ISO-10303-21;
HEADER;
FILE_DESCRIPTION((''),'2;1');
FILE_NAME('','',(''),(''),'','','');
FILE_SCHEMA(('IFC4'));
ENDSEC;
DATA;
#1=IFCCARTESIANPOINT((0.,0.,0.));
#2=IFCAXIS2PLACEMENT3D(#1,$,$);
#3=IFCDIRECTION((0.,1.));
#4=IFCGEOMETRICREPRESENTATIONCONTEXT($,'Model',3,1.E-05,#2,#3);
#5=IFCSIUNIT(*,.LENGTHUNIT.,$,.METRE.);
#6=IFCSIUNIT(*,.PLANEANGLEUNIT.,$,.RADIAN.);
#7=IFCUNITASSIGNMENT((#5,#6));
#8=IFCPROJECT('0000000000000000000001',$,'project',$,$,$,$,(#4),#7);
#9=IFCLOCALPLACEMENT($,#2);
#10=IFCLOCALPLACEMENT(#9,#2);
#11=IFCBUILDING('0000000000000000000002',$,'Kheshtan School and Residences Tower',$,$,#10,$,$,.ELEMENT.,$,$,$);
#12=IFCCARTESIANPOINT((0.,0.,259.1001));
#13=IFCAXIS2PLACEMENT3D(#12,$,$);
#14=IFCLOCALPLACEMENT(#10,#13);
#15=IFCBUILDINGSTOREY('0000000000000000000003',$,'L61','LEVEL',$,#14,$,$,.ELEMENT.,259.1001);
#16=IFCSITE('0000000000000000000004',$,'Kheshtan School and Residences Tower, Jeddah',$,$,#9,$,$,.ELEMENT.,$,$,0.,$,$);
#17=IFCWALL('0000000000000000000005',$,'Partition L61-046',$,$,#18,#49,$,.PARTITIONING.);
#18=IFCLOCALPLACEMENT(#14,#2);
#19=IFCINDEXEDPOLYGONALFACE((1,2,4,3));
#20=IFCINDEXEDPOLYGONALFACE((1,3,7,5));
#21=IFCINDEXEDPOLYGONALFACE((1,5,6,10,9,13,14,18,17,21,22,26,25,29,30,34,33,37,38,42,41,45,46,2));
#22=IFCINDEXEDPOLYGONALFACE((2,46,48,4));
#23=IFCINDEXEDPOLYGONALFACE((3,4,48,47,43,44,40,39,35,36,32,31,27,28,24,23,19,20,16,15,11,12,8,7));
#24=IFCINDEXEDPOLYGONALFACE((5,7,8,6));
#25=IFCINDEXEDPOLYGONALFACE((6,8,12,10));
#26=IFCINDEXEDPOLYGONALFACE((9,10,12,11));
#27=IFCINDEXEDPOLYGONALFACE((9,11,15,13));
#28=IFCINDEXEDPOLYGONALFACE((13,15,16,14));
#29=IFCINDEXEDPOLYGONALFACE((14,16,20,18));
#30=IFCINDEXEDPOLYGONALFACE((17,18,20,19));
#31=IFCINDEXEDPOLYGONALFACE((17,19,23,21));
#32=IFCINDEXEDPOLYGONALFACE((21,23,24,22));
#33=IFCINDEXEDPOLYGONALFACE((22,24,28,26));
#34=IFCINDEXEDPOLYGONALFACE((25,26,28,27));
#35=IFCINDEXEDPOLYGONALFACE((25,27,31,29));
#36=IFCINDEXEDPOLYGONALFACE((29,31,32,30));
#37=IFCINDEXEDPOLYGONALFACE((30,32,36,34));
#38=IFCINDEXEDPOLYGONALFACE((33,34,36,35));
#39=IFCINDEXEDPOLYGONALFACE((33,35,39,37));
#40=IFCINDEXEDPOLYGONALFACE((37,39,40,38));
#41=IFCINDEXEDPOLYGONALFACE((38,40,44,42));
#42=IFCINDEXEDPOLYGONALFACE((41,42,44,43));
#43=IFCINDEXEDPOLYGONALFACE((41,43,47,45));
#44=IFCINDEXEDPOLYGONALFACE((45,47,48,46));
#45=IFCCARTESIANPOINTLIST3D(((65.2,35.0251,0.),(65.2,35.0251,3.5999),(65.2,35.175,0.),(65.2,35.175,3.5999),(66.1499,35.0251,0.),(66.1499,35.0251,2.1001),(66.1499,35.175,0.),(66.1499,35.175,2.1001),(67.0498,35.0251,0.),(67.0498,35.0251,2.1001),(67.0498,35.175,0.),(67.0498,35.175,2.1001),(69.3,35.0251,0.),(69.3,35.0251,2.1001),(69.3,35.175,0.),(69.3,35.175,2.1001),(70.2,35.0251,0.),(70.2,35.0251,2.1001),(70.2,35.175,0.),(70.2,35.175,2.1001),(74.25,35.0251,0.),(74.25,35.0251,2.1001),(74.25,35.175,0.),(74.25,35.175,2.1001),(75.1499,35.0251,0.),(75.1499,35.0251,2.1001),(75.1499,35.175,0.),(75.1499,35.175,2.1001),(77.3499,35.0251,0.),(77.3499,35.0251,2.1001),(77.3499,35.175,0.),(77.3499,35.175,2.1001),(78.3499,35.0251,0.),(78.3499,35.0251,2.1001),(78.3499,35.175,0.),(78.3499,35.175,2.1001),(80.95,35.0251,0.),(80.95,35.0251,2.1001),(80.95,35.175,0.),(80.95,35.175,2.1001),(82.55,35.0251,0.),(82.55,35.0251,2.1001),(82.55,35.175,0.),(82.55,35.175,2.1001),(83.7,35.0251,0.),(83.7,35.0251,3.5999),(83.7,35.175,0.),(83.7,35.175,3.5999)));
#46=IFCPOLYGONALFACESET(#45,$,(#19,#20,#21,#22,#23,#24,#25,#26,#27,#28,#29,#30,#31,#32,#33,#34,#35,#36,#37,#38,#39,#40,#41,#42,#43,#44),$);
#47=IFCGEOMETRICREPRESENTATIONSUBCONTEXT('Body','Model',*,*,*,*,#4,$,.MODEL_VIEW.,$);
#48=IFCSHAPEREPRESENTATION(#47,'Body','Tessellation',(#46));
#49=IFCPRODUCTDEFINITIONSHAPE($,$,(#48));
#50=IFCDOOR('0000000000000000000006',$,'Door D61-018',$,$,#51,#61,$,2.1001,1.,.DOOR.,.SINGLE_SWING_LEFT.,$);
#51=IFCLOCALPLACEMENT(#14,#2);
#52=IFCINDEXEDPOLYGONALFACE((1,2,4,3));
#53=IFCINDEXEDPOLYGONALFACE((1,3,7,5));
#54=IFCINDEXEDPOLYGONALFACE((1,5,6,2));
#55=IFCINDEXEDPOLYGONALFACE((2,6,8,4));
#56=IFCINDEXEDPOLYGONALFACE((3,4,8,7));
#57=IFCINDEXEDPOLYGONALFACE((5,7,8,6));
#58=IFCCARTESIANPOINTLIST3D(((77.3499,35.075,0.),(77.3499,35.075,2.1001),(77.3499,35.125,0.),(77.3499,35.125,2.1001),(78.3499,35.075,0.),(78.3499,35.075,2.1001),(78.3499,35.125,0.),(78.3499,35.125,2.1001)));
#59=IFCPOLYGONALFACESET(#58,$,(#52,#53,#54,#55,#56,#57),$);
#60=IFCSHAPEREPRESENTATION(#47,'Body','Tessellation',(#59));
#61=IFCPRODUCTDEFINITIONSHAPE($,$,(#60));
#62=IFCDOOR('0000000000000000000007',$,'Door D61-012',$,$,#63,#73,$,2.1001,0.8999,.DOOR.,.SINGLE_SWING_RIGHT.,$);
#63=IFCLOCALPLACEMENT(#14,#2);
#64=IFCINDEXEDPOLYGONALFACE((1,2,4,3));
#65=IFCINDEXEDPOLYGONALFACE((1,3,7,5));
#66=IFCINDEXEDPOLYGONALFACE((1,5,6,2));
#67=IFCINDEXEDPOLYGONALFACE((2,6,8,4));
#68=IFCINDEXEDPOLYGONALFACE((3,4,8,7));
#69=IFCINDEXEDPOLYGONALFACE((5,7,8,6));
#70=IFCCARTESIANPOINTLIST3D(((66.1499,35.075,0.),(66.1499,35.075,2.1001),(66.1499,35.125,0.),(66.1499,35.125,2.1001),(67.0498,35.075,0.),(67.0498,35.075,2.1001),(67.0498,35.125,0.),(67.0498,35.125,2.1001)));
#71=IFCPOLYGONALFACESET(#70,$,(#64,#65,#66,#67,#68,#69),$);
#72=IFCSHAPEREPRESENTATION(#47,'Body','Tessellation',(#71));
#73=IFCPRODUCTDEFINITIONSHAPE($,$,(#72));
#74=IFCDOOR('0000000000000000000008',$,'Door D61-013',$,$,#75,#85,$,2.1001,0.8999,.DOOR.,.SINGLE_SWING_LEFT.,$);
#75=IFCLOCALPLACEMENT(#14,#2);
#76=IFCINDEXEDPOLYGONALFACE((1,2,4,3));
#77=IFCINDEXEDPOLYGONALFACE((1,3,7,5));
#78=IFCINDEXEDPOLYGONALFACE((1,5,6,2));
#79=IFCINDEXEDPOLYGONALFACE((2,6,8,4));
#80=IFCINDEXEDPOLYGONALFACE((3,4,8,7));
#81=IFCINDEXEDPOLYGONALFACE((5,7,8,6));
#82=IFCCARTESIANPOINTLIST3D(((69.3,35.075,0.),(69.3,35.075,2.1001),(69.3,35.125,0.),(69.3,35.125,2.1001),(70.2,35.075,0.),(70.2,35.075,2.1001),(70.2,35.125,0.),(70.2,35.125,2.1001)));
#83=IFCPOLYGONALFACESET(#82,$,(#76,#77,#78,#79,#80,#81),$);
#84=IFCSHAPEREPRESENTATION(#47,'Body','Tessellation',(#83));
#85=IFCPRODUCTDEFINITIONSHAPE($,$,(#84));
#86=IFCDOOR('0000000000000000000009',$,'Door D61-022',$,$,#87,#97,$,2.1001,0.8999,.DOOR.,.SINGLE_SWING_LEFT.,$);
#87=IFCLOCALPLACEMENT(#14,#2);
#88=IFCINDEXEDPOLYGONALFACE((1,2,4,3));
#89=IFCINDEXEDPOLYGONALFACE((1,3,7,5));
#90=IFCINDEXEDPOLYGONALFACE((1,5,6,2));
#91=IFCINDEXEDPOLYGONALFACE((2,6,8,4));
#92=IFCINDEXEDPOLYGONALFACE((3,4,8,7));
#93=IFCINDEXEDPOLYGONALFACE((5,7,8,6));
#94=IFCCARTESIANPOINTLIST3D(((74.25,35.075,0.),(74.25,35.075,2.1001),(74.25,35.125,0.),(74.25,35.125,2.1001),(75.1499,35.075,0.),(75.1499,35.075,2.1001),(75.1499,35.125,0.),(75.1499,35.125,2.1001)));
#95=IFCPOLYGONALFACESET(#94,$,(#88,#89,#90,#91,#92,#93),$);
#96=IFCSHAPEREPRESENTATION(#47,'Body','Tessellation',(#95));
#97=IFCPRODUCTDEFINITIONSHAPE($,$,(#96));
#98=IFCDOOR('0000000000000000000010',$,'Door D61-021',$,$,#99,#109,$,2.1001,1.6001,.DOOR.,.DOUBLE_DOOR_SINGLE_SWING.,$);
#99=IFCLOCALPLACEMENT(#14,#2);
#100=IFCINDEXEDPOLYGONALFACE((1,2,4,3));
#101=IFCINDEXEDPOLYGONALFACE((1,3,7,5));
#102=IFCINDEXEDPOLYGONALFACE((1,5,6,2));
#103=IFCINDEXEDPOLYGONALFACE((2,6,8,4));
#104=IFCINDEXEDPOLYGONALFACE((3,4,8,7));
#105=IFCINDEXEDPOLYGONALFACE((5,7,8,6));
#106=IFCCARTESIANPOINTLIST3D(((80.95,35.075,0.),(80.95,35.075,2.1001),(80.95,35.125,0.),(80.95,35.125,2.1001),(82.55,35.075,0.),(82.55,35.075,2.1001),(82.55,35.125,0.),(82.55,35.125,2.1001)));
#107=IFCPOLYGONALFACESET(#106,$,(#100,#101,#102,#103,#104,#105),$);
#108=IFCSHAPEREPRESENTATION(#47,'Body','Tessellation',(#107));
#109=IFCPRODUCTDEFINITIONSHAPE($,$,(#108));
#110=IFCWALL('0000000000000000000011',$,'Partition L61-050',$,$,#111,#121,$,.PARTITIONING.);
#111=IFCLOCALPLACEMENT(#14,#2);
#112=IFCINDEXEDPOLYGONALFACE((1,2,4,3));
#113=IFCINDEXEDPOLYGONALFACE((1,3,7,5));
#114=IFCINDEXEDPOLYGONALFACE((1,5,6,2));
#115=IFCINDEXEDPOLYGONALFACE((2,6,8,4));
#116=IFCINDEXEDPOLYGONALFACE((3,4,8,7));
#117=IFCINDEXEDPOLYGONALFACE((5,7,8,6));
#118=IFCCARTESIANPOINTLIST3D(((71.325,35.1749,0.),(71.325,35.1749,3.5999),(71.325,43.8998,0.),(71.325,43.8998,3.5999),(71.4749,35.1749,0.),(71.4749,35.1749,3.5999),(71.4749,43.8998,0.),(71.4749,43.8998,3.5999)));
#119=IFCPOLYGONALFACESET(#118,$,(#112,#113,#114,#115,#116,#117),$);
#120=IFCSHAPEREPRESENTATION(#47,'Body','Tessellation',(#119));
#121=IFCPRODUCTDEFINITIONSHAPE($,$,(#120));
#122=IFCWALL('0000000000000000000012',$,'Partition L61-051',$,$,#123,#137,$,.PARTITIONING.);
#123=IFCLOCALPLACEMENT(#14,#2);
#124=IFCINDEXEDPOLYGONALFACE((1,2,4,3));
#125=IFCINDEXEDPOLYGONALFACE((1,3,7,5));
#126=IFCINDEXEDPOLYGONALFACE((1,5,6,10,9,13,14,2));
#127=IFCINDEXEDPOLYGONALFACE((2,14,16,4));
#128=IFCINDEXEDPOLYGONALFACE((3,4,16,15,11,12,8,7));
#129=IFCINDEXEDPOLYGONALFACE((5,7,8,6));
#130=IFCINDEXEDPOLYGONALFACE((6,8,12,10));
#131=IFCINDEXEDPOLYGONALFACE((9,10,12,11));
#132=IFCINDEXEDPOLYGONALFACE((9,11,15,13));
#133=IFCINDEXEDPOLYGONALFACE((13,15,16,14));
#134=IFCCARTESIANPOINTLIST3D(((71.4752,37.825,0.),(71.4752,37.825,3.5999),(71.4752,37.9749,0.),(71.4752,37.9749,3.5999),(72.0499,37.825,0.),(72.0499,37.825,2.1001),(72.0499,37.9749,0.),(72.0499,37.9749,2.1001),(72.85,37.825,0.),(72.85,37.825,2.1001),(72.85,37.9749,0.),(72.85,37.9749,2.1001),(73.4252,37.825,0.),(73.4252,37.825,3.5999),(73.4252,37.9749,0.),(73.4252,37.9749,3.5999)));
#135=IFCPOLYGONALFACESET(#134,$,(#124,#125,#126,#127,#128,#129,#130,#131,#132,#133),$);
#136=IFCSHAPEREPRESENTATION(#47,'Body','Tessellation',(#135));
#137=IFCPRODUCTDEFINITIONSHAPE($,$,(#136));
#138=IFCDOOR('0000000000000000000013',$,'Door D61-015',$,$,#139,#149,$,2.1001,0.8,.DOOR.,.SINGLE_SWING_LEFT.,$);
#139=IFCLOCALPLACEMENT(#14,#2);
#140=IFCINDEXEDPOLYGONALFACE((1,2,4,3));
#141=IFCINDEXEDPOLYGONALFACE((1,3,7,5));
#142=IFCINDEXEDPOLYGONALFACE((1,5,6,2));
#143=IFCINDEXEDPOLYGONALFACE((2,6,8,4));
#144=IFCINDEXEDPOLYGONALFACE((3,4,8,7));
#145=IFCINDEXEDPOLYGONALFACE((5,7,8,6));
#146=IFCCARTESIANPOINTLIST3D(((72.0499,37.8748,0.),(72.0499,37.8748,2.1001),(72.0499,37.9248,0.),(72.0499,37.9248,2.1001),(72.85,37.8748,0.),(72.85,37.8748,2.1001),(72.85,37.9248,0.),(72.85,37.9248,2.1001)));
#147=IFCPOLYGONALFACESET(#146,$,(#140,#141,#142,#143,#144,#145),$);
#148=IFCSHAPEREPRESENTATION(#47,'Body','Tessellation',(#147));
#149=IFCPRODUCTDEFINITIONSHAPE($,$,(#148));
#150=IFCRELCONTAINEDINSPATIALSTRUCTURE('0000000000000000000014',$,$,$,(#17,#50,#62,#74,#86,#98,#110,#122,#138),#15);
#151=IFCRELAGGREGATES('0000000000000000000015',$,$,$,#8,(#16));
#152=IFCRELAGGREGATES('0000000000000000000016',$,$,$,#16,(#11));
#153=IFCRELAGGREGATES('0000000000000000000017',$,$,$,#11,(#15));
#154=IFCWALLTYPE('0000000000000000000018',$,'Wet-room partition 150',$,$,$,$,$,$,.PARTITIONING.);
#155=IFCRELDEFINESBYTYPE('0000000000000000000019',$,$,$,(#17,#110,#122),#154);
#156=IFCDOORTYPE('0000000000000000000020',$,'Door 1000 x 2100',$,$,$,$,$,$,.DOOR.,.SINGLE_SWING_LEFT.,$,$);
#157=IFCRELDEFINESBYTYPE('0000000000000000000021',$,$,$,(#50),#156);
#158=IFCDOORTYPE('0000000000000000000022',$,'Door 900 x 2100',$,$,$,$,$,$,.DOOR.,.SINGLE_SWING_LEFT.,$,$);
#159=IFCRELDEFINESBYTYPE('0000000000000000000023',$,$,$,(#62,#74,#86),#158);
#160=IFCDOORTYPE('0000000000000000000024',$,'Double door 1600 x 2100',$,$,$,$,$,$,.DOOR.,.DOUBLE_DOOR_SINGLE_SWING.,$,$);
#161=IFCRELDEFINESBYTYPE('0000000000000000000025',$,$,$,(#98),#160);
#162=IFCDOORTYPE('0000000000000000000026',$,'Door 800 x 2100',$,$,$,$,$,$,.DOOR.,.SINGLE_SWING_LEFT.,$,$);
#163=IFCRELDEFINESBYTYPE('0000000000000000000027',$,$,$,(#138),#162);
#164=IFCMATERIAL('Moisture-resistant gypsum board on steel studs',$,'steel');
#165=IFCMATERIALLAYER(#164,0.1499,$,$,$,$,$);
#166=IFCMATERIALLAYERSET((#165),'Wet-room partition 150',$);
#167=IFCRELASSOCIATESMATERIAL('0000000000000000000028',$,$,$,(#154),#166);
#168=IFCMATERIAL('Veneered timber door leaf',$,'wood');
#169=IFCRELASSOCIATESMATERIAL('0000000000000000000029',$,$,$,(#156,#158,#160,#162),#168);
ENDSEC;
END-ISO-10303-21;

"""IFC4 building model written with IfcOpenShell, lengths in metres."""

from ifc_helpers import new_model, si_unit, direction, frame, frame_2d, origin, place, context, subcontext, project, spatial, rectangle, extrude, source, transform, mapped, material, layer, layer_set, type_object, element, fill, save


model = new_model("IFC4")

# Units and contexts
model_context = context("Model", 3, precision=1e-05, world=origin(), true_north=direction((0.0, 1.0)))
body_context = subcontext(model_context, "Body", "Model", "MODEL_VIEW")
ifc_project = project(units=[si_unit("LENGTHUNIT", "METRE"), si_unit("PLANEANGLEUNIT", "RADIAN")], contexts=[model_context])

# Site, building, storey
site_placement = place(None, origin())
site = spatial("IfcSite", under=ifc_project, at=site_placement, Name="Kheshtan School and Residences Tower, Jeddah", CompositionType="ELEMENT", RefElevation=0.0)
building_placement = place(site_placement, origin())
building = spatial("IfcBuilding", under=site, at=building_placement, Name="Kheshtan School and Residences Tower", CompositionType="ELEMENT")
storey_placement = place(building_placement, frame((0.0, 0.0, 259.1001)))
storey = spatial("IfcBuildingStorey", under=building, at=storey_placement, Name="L61", Description="LEVEL", CompositionType="ELEMENT", Elevation=259.1001)

# Wall, openings, doors
ifc_material_1 = material(Name="Moisture-resistant gypsum board on steel studs", Category="steel")
ifc_layer_1 = layer(ifc_material_1, 0.1499)
ifc_layer_set_1 = layer_set([ifc_layer_1], Name="Wet-room partition 150")
wall_type_1 = type_object("IfcWallType", Name="Wet-room partition 150", PredefinedType="PARTITIONING", material=ifc_layer_set_1)
wall_1_placement = place(storey_placement, frame((65.2, 35.1001, 0.0), z_axis=(0.0, 0.0, 1.0), x_axis=(1.0, 0.0, 0.0)))
wall_1 = element("IfcWall", 1, at=wall_1_placement, inside=storey, type_object=wall_type_1, Name="Partition L61-046", PredefinedType="PARTITIONING", context=body_context, shape_type="SweptSolid", body=[
    extrude(rectangle(XDim=18.5, YDim=0.1499, at=frame_2d((9.25, 0.0))), origin(), (0.0, 0.0, 1.0), 3.5999),
])
opening_1_placement = place(wall_1_placement, frame((0.95, 0.0, 0.0)))
opening_1 = element("IfcOpeningElement", 2, at=opening_1_placement, cuts=wall_1, PredefinedType="OPENING", context=body_context, shape_type="SweptSolid", body=[
    extrude(rectangle(XDim=0.8999, YDim=2.1001, at=frame_2d((0.45, 1.05))), frame((0.0, 0.085, 0.0), z_axis=(0.0, -1.0, 0.0), x_axis=(1.0, 0.0, 0.0)), (0.0, 0.0, 1.0), 0.1699),
])
opening_2_placement = place(wall_1_placement, frame((4.1001, 0.0, 0.0)))
opening_2 = element("IfcOpeningElement", 3, at=opening_2_placement, cuts=wall_1, PredefinedType="OPENING", context=body_context, shape_type="SweptSolid", body=[
    extrude(rectangle(XDim=0.8999, YDim=2.1001, at=frame_2d((0.45, 1.05))), frame((0.0, 0.085, 0.0), z_axis=(0.0, -1.0, 0.0), x_axis=(1.0, 0.0, 0.0)), (0.0, 0.0, 1.0), 0.1699),
])
opening_3_placement = place(wall_1_placement, frame((12.1499, 0.0, 0.0)))
opening_3 = element("IfcOpeningElement", 4, at=opening_3_placement, cuts=wall_1, PredefinedType="OPENING", context=body_context, shape_type="SweptSolid", body=[
    extrude(rectangle(XDim=1.0, YDim=2.1001, at=frame_2d((0.5, 1.05))), frame((0.0, 0.085, 0.0), z_axis=(0.0, -1.0, 0.0), x_axis=(1.0, 0.0, 0.0)), (0.0, 0.0, 1.0), 0.1699),
])
opening_4_placement = place(wall_1_placement, frame((15.75, 0.0, 0.0)))
opening_4 = element("IfcOpeningElement", 5, at=opening_4_placement, cuts=wall_1, PredefinedType="OPENING", context=body_context, shape_type="SweptSolid", body=[
    extrude(rectangle(XDim=1.6001, YDim=2.1001, at=frame_2d((0.8, 1.05))), frame((0.0, 0.085, 0.0), z_axis=(0.0, -1.0, 0.0), x_axis=(1.0, 0.0, 0.0)), (0.0, 0.0, 1.0), 0.1699),
])
opening_5_placement = place(wall_1_placement, frame((9.05, 0.0, 0.0)))
opening_5 = element("IfcOpeningElement", 6, at=opening_5_placement, cuts=wall_1, PredefinedType="OPENING", context=body_context, shape_type="SweptSolid", body=[
    extrude(rectangle(XDim=0.8999, YDim=2.1001, at=frame_2d((0.45, 1.05))), frame((0.0, 0.085, 0.0), z_axis=(0.0, -1.0, 0.0), x_axis=(1.0, 0.0, 0.0)), (0.0, 0.0, 1.0), 0.1699),
])
ifc_material_2 = material(Name="Veneered timber door leaf", Category="wood")
door_type_1 = type_object("IfcDoorType", Name="Door 1000 x 2100", OperationType="SINGLE_SWING_LEFT", PredefinedType="DOOR", material=ifc_material_2)
shared_shape_1 = source(origin(), body_context, "Body", "SweptSolid", [
    extrude(rectangle(XDim=1.0, YDim=2.1001, at=frame_2d((0.5, 1.05))), frame((0.0, 0.0249, 0.0), z_axis=(0.0, -1.0, 0.0), x_axis=(1.0, 0.0, 0.0)), (0.0, 0.0, 1.0), 0.05),
])
door_1_placement = place(opening_3_placement, origin())
door_1 = element("IfcDoor", 7, at=door_1_placement, inside=storey, type_object=door_type_1, Name="Door D61-018", OperationType="SINGLE_SWING_LEFT", OverallHeight=2.1001, OverallWidth=1.0, PredefinedType="DOOR", context=body_context, shape_type="MappedRepresentation", body=[
    mapped(shared_shape_1, transform((0.0, 0.0, 0.0), x_axis=(1.0, 0.0, 0.0), y_axis=(0.0, 1.0, 0.0), z_axis=(0.0, 0.0, 1.0), scale=1.0)),
])
fill(opening_3, door_1)
door_type_2 = type_object("IfcDoorType", Name="Door 900 x 2100", OperationType="SINGLE_SWING_LEFT", PredefinedType="DOOR", material=ifc_material_2)
shared_shape_2 = source(origin(), body_context, "Body", "SweptSolid", [
    extrude(rectangle(XDim=0.8999, YDim=2.1001, at=frame_2d((0.45, 1.05))), frame((0.0, 0.0249, 0.0), z_axis=(0.0, -1.0, 0.0), x_axis=(1.0, 0.0, 0.0)), (0.0, 0.0, 1.0), 0.05),
])
door_2_placement = place(opening_1_placement, origin())
door_2 = element("IfcDoor", 8, at=door_2_placement, inside=storey, type_object=door_type_2, Name="Door D61-012", OperationType="SINGLE_SWING_RIGHT", OverallHeight=2.1001, OverallWidth=0.8999, PredefinedType="DOOR", context=body_context, shape_type="MappedRepresentation", body=[
    mapped(shared_shape_2, transform((0.0, 0.0, 0.0), x_axis=(1.0, 0.0, 0.0), y_axis=(0.0, 1.0, 0.0), z_axis=(0.0, 0.0, 1.0), scale=1.0)),
])
fill(opening_1, door_2)
door_3_placement = place(opening_2_placement, origin())
door_3 = element("IfcDoor", 9, at=door_3_placement, inside=storey, type_object=door_type_2, Name="Door D61-013", OperationType="SINGLE_SWING_LEFT", OverallHeight=2.1001, OverallWidth=0.8999, PredefinedType="DOOR", context=body_context, shape_type="MappedRepresentation", body=[
    mapped(shared_shape_2, transform((0.0, 0.0, 0.0), x_axis=(1.0, 0.0, 0.0), y_axis=(0.0, 1.0, 0.0), z_axis=(0.0, 0.0, 1.0), scale=1.0)),
])
fill(opening_2, door_3)
door_4_placement = place(opening_5_placement, origin())
door_4 = element("IfcDoor", 10, at=door_4_placement, inside=storey, type_object=door_type_2, Name="Door D61-022", OperationType="SINGLE_SWING_LEFT", OverallHeight=2.1001, OverallWidth=0.8999, PredefinedType="DOOR", context=body_context, shape_type="MappedRepresentation", body=[
    mapped(shared_shape_2, transform((0.0, 0.0, 0.0), x_axis=(1.0, 0.0, 0.0), y_axis=(0.0, 1.0, 0.0), z_axis=(0.0, 0.0, 1.0), scale=1.0)),
])
fill(opening_5, door_4)
door_type_3 = type_object("IfcDoorType", Name="Double door 1600 x 2100", OperationType="DOUBLE_DOOR_SINGLE_SWING", PredefinedType="DOOR", material=ifc_material_2)
shared_shape_3 = source(origin(), body_context, "Body", "SweptSolid", [
    extrude(rectangle(XDim=1.6001, YDim=2.1001, at=frame_2d((0.8, 1.05))), frame((0.0, 0.0249, 0.0), z_axis=(0.0, -1.0, 0.0), x_axis=(1.0, 0.0, 0.0)), (0.0, 0.0, 1.0), 0.05),
])
door_5_placement = place(opening_4_placement, origin())
door_5 = element("IfcDoor", 11, at=door_5_placement, inside=storey, type_object=door_type_3, Name="Door D61-021", OperationType="DOUBLE_DOOR_SINGLE_SWING", OverallHeight=2.1001, OverallWidth=1.6001, PredefinedType="DOOR", context=body_context, shape_type="MappedRepresentation", body=[
    mapped(shared_shape_3, transform((0.0, 0.0, 0.0), x_axis=(1.0, 0.0, 0.0), y_axis=(0.0, 1.0, 0.0), z_axis=(0.0, 0.0, 1.0), scale=1.0)),
])
fill(opening_4, door_5)

# Wall
wall_2_placement = place(storey_placement, frame((71.3999, 35.175, 0.0), z_axis=(0.0, 0.0, 1.0), x_axis=(0.0, 1.0, 0.0)))
element("IfcWall", 12, at=wall_2_placement, inside=storey, type_object=wall_type_1, Name="Partition L61-050", PredefinedType="PARTITIONING", context=body_context, shape_type="SweptSolid", body=[
    extrude(rectangle(XDim=8.7249, YDim=0.1499, at=frame_2d((4.3623, 0.0))), origin(), (0.0, 0.0, 1.0), 3.5999),
])

# Wall, opening, door
wall_3_placement = place(storey_placement, frame((71.4751, 37.8999, 0.0), z_axis=(0.0, 0.0, 1.0), x_axis=(1.0, 0.0, 0.0)))
wall_3 = element("IfcWall", 13, at=wall_3_placement, inside=storey, type_object=wall_type_1, Name="Partition L61-051", PredefinedType="PARTITIONING", context=body_context, shape_type="SweptSolid", body=[
    extrude(rectangle(XDim=1.95, YDim=0.1499, at=frame_2d((0.9751, 0.0))), origin(), (0.0, 0.0, 1.0), 3.5999),
])
opening_6_placement = place(wall_3_placement, frame((0.575, 0.0, 0.0)))
opening_6 = element("IfcOpeningElement", 14, at=opening_6_placement, cuts=wall_3, PredefinedType="OPENING", context=body_context, shape_type="SweptSolid", body=[
    extrude(rectangle(XDim=0.8, YDim=2.1001, at=frame_2d((0.3999, 1.05))), frame((0.0, 0.085, 0.0), z_axis=(0.0, -1.0, 0.0), x_axis=(1.0, 0.0, 0.0)), (0.0, 0.0, 1.0), 0.1699),
])
door_type_4 = type_object("IfcDoorType", Name="Door 800 x 2100", OperationType="SINGLE_SWING_LEFT", PredefinedType="DOOR", material=ifc_material_2)
shared_shape_4 = source(origin(), body_context, "Body", "SweptSolid", [
    extrude(rectangle(XDim=0.8, YDim=2.1001, at=frame_2d((0.3999, 1.05))), frame((0.0, 0.0249, 0.0), z_axis=(0.0, -1.0, 0.0), x_axis=(1.0, 0.0, 0.0)), (0.0, 0.0, 1.0), 0.05),
])
door_6_placement = place(opening_6_placement, origin())
door_6 = element("IfcDoor", 15, at=door_6_placement, inside=storey, type_object=door_type_4, Name="Door D61-015", OperationType="SINGLE_SWING_LEFT", OverallHeight=2.1001, OverallWidth=0.8, PredefinedType="DOOR", context=body_context, shape_type="MappedRepresentation", body=[
    mapped(shared_shape_4, transform((0.0, 0.0, 0.0), x_axis=(1.0, 0.0, 0.0), y_axis=(0.0, 1.0, 0.0), z_axis=(0.0, 0.0, 1.0), scale=1.0)),
])
fill(opening_6, door_6)

save(model, "model.ifc")
